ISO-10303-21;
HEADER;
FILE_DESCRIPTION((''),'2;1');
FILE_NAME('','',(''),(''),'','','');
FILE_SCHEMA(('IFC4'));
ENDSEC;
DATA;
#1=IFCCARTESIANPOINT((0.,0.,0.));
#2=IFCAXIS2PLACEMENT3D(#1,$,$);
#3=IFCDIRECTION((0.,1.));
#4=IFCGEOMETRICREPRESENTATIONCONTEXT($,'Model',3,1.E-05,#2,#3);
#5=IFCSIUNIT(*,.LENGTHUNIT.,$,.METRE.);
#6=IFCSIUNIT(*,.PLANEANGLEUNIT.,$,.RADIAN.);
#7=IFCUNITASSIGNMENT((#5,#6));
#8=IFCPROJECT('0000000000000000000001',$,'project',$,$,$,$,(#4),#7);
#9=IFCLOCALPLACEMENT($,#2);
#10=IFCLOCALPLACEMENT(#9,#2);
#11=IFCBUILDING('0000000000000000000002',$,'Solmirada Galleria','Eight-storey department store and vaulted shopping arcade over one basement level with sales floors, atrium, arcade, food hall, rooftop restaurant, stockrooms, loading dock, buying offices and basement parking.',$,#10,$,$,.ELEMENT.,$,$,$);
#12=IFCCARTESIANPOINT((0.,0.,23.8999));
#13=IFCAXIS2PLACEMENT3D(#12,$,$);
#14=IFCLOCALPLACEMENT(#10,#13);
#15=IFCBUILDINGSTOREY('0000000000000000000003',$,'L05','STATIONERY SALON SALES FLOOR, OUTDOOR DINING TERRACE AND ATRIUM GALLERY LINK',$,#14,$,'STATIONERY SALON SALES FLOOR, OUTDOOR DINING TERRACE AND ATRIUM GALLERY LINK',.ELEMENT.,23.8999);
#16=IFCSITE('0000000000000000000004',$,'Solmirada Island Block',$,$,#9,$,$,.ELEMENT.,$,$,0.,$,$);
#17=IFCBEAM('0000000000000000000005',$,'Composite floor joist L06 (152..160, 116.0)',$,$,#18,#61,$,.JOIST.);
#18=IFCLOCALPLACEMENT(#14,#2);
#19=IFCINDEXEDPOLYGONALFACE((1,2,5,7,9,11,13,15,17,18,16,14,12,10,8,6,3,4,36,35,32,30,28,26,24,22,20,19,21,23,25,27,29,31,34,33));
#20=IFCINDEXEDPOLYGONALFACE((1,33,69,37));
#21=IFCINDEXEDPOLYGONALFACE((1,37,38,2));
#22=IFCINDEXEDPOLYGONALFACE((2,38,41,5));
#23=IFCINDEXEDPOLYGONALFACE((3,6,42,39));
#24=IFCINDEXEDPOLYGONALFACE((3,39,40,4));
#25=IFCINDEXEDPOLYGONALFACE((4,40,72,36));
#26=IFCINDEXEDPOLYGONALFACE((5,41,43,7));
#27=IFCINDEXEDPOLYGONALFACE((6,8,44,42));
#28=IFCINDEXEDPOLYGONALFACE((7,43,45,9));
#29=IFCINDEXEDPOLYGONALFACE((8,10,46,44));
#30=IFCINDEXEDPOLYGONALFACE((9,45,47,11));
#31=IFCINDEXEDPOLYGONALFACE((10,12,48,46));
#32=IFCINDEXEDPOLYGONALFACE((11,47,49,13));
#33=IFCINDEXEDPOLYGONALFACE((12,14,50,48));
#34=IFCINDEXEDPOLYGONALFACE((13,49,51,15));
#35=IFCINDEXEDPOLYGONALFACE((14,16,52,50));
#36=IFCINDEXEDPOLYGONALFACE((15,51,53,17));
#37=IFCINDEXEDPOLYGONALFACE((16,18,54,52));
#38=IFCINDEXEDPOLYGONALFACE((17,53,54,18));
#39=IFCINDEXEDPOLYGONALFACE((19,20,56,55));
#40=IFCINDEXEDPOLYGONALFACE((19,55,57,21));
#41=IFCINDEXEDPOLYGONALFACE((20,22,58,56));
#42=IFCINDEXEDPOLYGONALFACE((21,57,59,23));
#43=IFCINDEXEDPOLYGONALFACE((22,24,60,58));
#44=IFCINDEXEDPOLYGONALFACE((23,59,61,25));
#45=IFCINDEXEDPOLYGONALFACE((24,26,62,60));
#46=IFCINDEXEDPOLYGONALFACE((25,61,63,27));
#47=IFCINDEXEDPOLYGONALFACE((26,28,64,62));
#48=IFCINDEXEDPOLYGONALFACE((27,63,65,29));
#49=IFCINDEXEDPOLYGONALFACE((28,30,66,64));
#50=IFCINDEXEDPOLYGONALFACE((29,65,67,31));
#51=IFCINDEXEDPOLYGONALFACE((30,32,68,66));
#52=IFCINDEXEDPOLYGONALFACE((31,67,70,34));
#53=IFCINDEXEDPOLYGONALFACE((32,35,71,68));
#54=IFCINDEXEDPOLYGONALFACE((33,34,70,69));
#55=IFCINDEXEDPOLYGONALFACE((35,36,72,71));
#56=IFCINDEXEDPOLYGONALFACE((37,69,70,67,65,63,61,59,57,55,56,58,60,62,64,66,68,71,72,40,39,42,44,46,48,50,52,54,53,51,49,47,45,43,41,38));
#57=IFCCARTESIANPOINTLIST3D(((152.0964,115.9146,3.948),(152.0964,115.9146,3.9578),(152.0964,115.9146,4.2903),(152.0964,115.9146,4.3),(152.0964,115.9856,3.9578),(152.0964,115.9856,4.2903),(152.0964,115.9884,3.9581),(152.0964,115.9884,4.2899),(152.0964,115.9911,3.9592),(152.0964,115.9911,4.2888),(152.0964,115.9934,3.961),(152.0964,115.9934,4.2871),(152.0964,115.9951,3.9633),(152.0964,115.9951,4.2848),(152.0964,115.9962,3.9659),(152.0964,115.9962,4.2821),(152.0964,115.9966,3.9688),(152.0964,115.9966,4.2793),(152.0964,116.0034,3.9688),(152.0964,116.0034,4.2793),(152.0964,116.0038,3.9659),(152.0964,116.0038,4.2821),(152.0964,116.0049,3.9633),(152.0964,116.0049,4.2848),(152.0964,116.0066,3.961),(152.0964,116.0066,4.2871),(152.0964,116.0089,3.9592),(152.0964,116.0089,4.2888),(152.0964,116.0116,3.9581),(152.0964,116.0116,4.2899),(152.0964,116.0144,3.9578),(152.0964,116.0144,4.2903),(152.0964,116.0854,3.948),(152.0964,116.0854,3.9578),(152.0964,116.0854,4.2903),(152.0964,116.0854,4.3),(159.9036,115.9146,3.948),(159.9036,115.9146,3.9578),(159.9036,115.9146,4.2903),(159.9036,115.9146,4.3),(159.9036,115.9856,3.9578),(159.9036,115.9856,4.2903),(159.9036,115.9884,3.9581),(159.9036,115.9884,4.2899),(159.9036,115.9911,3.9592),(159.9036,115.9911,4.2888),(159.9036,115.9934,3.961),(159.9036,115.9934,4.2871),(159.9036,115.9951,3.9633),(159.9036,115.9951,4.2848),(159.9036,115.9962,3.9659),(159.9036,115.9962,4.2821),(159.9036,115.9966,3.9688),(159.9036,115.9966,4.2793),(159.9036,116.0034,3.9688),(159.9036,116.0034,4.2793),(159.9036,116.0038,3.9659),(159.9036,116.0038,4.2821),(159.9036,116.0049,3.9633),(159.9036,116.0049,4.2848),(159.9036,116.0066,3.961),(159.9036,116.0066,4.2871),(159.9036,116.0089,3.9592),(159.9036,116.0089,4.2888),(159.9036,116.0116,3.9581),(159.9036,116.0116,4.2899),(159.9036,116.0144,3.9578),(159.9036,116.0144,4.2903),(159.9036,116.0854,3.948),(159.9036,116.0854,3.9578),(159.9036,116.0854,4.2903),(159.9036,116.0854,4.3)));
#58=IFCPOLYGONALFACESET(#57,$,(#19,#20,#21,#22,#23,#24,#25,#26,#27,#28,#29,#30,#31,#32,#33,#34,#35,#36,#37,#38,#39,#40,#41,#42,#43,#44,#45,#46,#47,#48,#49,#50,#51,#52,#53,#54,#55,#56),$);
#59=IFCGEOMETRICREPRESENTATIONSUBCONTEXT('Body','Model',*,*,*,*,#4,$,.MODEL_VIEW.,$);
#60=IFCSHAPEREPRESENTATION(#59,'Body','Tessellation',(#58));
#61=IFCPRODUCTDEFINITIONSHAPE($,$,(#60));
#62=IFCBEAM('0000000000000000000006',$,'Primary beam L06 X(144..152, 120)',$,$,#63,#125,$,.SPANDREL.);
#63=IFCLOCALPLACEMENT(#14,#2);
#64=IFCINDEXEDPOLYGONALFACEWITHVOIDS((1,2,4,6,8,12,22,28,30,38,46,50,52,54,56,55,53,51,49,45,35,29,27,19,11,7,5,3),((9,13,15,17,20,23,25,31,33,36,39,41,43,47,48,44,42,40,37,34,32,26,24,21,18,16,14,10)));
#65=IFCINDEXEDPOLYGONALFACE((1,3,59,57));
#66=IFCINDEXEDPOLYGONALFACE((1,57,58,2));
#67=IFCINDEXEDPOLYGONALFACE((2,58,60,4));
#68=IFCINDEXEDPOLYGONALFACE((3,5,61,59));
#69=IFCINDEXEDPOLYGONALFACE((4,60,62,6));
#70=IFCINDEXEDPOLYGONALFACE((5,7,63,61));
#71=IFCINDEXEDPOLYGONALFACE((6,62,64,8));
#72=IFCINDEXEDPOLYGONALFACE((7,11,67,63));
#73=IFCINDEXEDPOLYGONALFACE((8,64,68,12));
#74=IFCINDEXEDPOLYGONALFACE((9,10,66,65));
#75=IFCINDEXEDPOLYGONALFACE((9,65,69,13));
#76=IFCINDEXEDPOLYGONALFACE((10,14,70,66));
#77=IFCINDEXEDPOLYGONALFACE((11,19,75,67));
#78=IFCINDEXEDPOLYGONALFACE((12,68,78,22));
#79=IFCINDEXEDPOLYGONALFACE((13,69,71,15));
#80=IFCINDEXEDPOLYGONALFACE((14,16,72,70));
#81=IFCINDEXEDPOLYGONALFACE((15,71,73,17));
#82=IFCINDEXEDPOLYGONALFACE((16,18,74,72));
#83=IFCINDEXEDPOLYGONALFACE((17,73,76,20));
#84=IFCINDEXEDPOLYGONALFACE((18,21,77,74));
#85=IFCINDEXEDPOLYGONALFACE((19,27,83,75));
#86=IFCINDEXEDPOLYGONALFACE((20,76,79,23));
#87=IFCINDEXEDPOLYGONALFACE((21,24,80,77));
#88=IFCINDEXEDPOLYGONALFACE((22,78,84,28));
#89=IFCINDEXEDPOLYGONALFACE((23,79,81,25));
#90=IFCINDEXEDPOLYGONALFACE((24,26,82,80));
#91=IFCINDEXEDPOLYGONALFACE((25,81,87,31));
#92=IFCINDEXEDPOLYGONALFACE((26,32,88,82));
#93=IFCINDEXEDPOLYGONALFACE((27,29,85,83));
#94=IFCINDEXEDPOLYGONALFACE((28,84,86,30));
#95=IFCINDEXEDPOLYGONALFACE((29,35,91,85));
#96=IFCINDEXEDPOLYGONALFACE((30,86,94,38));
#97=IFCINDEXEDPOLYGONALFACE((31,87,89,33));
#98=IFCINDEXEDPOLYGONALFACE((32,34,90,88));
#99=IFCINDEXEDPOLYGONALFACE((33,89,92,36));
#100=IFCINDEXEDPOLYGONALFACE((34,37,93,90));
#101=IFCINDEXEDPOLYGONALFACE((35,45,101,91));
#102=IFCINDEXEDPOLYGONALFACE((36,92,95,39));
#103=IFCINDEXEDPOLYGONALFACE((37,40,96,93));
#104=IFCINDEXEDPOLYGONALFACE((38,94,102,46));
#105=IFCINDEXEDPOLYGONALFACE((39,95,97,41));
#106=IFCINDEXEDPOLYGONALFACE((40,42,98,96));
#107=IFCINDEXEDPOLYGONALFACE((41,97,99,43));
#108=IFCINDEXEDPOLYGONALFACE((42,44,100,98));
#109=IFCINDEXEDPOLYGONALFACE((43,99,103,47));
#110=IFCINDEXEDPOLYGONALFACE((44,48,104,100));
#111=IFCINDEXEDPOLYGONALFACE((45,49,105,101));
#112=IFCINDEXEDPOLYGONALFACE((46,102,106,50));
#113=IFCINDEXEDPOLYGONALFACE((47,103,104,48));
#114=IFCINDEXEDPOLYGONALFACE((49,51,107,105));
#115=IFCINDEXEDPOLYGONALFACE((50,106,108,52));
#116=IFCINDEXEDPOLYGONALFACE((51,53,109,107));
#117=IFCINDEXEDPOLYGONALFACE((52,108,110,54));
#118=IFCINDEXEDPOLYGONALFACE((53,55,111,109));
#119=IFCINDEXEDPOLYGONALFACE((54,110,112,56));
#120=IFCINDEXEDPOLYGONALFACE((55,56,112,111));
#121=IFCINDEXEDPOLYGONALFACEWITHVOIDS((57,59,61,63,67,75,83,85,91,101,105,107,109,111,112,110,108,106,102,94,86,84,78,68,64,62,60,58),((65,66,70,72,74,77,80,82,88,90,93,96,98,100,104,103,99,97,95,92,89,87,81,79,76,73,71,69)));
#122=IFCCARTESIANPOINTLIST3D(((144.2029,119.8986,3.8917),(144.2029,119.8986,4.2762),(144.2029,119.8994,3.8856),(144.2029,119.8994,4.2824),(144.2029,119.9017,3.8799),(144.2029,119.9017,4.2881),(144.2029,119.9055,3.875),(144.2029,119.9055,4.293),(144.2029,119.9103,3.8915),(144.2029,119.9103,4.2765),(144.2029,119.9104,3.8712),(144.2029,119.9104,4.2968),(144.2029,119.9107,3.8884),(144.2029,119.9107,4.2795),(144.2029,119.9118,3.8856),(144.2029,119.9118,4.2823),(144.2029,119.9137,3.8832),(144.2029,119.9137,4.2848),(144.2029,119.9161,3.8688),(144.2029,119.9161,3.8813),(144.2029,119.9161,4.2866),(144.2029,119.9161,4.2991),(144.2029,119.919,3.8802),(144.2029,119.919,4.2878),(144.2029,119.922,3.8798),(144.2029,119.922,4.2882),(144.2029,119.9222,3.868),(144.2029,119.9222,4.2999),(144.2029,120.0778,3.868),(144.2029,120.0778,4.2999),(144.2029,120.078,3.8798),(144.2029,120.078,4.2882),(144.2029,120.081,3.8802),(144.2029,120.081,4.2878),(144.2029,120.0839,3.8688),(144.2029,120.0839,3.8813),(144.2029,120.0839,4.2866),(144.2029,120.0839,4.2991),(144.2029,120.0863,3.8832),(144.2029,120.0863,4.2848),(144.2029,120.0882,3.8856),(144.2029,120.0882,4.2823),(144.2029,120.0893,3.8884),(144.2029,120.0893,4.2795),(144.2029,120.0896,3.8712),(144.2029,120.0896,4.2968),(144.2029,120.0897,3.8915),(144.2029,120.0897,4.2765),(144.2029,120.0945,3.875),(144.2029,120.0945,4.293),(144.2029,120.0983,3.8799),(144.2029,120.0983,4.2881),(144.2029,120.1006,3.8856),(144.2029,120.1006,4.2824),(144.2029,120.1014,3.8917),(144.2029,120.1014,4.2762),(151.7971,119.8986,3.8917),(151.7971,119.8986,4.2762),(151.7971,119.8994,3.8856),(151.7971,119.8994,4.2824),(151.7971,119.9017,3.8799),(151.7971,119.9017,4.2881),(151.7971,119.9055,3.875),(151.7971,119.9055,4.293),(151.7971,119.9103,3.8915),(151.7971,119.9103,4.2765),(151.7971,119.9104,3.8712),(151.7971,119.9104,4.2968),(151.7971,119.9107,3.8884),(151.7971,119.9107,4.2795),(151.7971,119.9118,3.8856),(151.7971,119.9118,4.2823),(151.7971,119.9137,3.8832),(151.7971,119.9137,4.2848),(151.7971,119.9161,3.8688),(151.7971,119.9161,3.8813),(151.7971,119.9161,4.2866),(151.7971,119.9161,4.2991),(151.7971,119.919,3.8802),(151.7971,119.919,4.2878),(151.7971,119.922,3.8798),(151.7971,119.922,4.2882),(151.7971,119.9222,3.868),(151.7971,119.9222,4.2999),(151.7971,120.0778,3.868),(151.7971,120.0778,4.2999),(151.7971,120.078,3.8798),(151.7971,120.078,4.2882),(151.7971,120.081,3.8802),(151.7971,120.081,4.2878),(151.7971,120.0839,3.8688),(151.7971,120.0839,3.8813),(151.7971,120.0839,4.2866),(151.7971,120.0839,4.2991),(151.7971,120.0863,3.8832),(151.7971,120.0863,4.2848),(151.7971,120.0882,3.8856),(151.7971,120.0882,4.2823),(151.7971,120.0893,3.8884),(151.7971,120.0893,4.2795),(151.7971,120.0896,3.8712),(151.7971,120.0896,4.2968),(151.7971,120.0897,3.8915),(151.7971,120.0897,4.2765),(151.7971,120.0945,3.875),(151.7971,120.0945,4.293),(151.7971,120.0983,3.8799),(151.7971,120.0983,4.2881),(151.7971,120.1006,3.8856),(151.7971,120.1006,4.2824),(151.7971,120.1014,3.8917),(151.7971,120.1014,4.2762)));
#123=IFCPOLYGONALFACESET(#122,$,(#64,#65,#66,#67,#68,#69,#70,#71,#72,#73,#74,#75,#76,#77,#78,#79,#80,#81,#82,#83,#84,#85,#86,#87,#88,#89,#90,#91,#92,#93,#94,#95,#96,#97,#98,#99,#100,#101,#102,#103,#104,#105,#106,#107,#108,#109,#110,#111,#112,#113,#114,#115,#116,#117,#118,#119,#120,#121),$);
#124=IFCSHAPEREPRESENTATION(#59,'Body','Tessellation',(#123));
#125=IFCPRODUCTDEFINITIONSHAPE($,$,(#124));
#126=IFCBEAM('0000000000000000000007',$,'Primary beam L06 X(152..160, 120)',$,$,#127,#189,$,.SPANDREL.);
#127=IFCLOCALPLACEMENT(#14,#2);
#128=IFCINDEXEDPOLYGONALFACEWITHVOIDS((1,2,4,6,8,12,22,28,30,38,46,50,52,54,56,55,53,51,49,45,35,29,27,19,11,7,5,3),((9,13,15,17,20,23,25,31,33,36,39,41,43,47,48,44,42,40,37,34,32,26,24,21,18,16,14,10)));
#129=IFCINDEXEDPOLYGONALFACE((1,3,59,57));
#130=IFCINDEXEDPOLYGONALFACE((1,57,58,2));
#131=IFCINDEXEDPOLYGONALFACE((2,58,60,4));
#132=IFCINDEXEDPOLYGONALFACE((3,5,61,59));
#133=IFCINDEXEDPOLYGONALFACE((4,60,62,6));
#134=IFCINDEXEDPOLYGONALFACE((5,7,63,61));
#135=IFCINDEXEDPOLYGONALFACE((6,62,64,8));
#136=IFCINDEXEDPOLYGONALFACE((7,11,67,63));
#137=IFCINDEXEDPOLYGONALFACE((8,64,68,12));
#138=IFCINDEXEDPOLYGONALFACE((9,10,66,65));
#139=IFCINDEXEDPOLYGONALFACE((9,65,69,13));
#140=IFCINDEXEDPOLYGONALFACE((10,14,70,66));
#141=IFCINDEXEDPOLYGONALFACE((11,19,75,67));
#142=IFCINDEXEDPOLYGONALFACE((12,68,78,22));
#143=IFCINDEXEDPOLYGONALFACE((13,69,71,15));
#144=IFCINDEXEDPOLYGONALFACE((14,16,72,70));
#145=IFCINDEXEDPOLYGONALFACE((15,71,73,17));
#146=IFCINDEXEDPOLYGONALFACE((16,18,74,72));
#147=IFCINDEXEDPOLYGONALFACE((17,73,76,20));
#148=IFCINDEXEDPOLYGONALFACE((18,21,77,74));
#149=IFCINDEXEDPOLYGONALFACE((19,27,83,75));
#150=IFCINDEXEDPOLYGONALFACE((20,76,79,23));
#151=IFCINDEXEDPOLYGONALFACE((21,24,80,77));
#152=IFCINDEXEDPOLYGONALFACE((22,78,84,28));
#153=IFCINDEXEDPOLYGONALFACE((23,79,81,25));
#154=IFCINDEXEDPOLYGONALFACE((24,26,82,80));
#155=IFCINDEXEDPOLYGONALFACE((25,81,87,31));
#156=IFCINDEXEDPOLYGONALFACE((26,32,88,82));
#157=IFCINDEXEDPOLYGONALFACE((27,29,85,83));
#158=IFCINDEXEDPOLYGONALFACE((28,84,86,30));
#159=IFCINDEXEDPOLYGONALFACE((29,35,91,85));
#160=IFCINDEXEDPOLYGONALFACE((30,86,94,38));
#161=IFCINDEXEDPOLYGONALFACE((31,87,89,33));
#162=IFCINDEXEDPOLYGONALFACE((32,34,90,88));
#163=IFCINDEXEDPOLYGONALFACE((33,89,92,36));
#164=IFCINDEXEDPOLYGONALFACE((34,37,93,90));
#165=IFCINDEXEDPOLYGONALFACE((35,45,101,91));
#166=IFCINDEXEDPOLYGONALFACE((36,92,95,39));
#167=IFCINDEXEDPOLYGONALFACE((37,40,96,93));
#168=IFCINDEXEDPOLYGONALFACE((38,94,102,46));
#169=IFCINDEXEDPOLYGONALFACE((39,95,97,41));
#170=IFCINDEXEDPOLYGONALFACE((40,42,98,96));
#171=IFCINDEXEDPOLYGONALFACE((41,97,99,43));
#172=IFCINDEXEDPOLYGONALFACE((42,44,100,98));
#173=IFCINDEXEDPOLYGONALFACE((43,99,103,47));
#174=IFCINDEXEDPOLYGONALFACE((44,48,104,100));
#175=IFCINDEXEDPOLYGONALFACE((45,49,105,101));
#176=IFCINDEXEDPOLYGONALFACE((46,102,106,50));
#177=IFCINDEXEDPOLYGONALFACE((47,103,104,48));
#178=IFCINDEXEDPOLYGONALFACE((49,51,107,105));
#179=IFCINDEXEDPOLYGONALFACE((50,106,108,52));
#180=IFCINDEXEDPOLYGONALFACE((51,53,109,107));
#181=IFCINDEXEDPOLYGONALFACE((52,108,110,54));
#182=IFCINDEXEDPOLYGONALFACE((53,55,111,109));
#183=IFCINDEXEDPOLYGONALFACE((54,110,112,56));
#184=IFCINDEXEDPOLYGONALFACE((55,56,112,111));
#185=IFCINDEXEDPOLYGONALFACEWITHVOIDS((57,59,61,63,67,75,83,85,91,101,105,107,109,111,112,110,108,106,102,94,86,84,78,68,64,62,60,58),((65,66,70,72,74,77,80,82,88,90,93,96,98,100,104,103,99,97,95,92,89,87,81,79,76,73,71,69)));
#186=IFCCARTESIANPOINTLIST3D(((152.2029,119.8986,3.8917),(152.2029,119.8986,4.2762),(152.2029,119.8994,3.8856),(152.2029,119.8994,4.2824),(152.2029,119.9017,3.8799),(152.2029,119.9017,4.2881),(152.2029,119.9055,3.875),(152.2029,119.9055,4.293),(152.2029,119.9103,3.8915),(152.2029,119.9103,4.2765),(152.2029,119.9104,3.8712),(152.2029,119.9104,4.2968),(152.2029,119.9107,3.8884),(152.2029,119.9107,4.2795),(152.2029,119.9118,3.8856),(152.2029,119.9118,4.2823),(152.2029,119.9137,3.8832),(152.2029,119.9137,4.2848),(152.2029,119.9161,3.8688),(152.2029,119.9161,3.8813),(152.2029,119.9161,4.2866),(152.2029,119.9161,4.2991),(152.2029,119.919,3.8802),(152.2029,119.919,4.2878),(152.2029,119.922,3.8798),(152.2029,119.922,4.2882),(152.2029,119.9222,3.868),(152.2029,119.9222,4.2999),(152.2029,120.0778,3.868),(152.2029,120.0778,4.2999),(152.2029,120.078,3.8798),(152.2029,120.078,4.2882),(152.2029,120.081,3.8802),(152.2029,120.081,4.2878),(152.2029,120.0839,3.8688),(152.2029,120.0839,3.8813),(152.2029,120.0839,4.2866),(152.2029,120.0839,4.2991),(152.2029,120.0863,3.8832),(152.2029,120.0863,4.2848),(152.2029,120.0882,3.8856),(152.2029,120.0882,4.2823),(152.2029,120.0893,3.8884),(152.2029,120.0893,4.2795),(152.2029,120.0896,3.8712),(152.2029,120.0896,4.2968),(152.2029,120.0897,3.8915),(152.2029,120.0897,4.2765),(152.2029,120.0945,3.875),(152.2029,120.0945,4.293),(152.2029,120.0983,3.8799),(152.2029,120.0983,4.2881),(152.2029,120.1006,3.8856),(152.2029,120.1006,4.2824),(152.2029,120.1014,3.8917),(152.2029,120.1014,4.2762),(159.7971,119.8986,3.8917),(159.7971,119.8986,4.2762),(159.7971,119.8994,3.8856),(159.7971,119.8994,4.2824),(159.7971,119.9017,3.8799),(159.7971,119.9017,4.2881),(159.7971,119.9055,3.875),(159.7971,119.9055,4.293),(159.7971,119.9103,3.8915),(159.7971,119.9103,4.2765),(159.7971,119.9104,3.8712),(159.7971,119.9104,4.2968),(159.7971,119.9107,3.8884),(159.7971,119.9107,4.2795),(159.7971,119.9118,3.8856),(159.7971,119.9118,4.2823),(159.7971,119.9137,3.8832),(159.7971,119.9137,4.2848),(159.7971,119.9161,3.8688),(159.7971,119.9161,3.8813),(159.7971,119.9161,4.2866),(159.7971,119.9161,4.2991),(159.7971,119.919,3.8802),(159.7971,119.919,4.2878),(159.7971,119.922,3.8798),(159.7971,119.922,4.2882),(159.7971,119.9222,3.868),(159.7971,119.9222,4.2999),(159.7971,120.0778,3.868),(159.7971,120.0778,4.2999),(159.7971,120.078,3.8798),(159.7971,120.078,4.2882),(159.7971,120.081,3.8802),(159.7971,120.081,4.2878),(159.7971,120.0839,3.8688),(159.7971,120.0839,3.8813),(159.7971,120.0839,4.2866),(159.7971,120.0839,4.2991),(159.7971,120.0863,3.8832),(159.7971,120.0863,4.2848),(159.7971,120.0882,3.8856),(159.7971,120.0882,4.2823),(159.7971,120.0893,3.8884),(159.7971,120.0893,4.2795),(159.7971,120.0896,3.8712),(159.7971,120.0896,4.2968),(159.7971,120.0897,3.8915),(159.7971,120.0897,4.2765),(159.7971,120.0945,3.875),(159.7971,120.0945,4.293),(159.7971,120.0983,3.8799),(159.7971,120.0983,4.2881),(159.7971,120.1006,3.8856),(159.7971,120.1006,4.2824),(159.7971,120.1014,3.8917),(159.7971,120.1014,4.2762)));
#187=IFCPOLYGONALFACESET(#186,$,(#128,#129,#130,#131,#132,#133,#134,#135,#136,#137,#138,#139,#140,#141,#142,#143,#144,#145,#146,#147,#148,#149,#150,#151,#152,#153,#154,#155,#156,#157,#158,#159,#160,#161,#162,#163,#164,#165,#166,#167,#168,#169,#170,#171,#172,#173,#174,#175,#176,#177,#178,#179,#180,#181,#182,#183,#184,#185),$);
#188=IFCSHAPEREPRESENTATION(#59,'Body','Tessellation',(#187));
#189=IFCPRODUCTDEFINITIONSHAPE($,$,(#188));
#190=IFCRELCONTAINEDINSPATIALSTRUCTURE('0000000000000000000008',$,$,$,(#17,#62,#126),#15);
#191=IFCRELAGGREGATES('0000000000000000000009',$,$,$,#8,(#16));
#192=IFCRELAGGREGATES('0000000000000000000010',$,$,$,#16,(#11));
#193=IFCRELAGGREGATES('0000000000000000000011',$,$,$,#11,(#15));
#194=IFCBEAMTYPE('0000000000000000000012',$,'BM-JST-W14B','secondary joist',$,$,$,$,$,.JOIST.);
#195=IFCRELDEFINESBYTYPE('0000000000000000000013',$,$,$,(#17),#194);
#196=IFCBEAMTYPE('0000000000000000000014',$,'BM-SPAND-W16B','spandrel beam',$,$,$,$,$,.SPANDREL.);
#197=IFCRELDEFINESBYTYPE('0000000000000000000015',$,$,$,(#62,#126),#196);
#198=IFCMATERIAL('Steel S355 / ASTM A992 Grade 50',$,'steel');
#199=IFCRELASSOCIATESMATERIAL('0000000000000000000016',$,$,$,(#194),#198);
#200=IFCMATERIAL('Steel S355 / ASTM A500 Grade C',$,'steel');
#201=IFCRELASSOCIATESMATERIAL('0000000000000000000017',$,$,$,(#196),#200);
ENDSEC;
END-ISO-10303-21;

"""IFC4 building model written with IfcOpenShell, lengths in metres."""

from ifc_helpers import new_model, si_unit, direction, frame, origin, origin_2d, place, context, subcontext, project, spatial, hollow_rectangle, i_section, extrude, material, material_profile, profile_set, type_object, element, save


model = new_model("IFC4")

# Units and contexts
model_context = context("Model", 3, precision=1e-05, world=origin(), true_north=direction((0.0, 1.0)))
body_context = subcontext(model_context, "Body", "Model", "MODEL_VIEW")
ifc_project = project(units=[si_unit("LENGTHUNIT", "METRE"), si_unit("PLANEANGLEUNIT", "RADIAN")], contexts=[model_context])

# Site, building, storey
site_placement = place(None, origin())
site = spatial("IfcSite", under=ifc_project, at=site_placement, Name="Solmirada Island Block", CompositionType="ELEMENT", RefElevation=0.0)
building_placement = place(site_placement, origin())
building = spatial("IfcBuilding", under=site, at=building_placement, Name="Solmirada Galleria", Description="Eight-storey department store and vaulted shopping arcade over one basement level with sales floors, atrium, arcade, food hall, rooftop restaurant, stockrooms, loading dock, buying offices and basement parking.", CompositionType="ELEMENT")
storey_placement = place(building_placement, frame((0.0, 0.0, 23.8999)))
storey = spatial("IfcBuildingStorey", under=building, at=storey_placement, Name="L05", Description="STATIONERY SALON SALES FLOOR, OUTDOOR DINING TERRACE AND ATRIUM GALLERY LINK", LongName="STATIONERY SALON SALES FLOOR, OUTDOOR DINING TERRACE AND ATRIUM GALLERY LINK", CompositionType="ELEMENT", Elevation=23.8999)

# Shared definitions
ifc_material_1 = material(Name="Steel S355 / ASTM A500 Grade C", Category="steel")

# Beams
ifc_material_2 = material(Name="Steel S355 / ASTM A992 Grade 50", Category="steel")
ifc_material_profile_1 = material_profile(ifc_material_2, i_section(OverallWidth=0.1709, OverallDepth=0.3521, WebThickness=0.0068, FlangeThickness=0.0098, FilletRadius=0.011, at=origin_2d()), Name="W14X30")
ifc_profile_set_1 = profile_set([ifc_material_profile_1], Name="Steel S355 / ASTM A992 Grade 50")
beam_type_1 = type_object("IfcBeamType", Name="BM-JST-W14B", Description="secondary joist", PredefinedType="JOIST", material=ifc_profile_set_1)
for number, where, z_axis, x_axis, name in (
    (1, (152.0964, 116.0, 4.124), (1.0, 0.0, 0.0), (0.0, 1.0, 0.0), "Composite floor joist L06 (152..160, 116.0)"),
):
    element("IfcBeam", number, at=place(storey_placement, frame(where, z_axis=z_axis, x_axis=x_axis)), inside=storey, type_object=beam_type_1, Name=name, PredefinedType="JOIST", context=body_context, shape_type="SweptSolid", body=[
        extrude(i_section(OverallWidth=0.1709, OverallDepth=0.3521, WebThickness=0.0068, FlangeThickness=0.0098, FilletRadius=0.011, at=origin_2d()), origin(), (0.0, 0.0, 1.0), 7.8071),
    ])
ifc_material_profile_2 = material_profile(ifc_material_1, hollow_rectangle(XDim=0.2029, YDim=0.4319, WallThickness=0.0117, InnerFilletRadius=0.0117, OuterFilletRadius=0.0237, at=origin_2d()), Name="HSS17X8X1/2")
ifc_profile_set_2 = profile_set([ifc_material_profile_2], Name="Steel S355 / ASTM A500 Grade C")
beam_type_2 = type_object("IfcBeamType", Name="BM-SPAND-W16B", Description="spandrel beam", PredefinedType="SPANDREL", material=ifc_profile_set_2)
for number, where, z_axis, x_axis, name in (
    (2, (144.2029, 120.0, 4.084), (1.0, 0.0, 0.0), (0.0, 1.0, 0.0), "Primary beam L06 X(144..152, 120)"),
    (3, (152.2029, 120.0, 4.084), (1.0, 0.0, 0.0), (0.0, 1.0, 0.0), "Primary beam L06 X(152..160, 120)"),
):
    element("IfcBeam", number, at=place(storey_placement, frame(where, z_axis=z_axis, x_axis=x_axis)), inside=storey, type_object=beam_type_2, Name=name, PredefinedType="SPANDREL", context=body_context, shape_type="SweptSolid", body=[
        extrude(hollow_rectangle(XDim=0.2029, YDim=0.4319, WallThickness=0.0117, InnerFilletRadius=0.0117, OuterFilletRadius=0.0237, at=origin_2d()), origin(), (0.0, 0.0, 1.0), 7.5942),
    ])

save(model, "model.ifc")
